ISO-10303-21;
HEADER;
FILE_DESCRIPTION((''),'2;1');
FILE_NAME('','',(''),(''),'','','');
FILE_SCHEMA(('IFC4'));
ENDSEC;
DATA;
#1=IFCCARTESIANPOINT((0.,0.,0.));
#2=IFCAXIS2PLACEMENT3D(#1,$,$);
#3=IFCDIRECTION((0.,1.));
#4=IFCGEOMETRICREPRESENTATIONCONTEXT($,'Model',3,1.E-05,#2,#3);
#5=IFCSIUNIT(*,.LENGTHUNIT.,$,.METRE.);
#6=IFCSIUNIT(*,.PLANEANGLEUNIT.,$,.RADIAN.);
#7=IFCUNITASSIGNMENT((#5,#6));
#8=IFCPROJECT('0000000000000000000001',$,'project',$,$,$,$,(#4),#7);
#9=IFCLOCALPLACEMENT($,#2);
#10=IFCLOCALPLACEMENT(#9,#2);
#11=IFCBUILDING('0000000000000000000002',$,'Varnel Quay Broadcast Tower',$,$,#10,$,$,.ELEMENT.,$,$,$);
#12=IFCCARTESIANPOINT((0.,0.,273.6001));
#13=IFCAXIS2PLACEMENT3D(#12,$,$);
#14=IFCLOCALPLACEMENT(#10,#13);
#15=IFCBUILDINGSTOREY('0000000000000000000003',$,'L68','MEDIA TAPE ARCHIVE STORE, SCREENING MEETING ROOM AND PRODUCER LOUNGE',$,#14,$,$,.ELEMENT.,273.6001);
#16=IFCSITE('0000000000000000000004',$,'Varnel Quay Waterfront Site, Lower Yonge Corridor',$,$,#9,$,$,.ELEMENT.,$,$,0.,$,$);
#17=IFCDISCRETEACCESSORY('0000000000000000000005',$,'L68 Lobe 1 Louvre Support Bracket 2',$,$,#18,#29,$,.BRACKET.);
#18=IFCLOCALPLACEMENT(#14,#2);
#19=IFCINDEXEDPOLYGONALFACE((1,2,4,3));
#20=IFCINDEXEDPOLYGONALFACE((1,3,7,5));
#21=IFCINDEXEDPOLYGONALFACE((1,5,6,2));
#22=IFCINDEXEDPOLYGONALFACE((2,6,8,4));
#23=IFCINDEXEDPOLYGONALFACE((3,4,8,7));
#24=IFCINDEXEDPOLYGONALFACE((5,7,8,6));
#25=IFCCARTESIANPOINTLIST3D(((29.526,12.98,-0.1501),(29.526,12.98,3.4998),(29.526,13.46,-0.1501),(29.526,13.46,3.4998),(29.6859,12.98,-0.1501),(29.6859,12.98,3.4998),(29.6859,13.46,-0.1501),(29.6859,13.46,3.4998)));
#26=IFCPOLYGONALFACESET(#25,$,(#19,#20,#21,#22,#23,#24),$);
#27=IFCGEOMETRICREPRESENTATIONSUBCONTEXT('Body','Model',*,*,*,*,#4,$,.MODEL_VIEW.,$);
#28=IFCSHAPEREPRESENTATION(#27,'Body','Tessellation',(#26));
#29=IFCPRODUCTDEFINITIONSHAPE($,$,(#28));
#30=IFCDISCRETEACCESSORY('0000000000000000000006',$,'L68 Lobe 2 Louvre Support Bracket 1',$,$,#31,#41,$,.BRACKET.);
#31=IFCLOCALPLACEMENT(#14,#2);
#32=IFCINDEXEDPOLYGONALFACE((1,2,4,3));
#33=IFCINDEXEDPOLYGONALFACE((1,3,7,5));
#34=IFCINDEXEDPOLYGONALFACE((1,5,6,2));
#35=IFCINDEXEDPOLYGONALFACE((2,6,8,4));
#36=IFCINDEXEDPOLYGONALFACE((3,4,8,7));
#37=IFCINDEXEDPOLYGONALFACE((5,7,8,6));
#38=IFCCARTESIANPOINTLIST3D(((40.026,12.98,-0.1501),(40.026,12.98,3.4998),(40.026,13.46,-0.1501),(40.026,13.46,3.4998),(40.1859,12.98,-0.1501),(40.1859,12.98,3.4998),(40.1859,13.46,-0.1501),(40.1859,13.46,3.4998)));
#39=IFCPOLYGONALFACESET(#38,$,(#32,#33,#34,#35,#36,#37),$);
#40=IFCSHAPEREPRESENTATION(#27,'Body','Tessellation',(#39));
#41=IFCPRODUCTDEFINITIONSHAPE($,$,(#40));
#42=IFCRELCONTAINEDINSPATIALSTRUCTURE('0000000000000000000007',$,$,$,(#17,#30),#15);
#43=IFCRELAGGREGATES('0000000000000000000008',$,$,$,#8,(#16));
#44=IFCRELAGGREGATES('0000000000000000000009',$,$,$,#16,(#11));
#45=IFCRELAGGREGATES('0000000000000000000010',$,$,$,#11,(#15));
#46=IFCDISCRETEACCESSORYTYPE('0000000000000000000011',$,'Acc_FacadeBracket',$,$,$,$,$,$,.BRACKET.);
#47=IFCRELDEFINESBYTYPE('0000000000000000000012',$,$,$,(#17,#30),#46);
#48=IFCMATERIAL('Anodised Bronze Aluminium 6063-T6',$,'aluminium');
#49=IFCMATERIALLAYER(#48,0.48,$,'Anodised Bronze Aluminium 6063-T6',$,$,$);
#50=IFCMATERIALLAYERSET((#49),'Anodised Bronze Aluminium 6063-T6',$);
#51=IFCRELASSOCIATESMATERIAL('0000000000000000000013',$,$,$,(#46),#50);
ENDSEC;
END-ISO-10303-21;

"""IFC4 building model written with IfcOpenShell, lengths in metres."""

from ifc_helpers import new_model, si_unit, direction, frame, origin, origin_2d, place, context, subcontext, project, spatial, rectangle, extrude, source, transform, mapped, material, layer, layer_set, type_object, type_shapes, element, save


model = new_model("IFC4")

# Units and contexts
model_context = context("Model", 3, precision=1e-05, world=origin(), true_north=direction((0.0, 1.0)))
body_context = subcontext(model_context, "Body", "Model", "MODEL_VIEW")
ifc_project = project(units=[si_unit("LENGTHUNIT", "METRE"), si_unit("PLANEANGLEUNIT", "RADIAN")], contexts=[model_context])

# Site, building, storey
site_placement = place(None, origin())
site = spatial("IfcSite", under=ifc_project, at=site_placement, Name="Varnel Quay Waterfront Site, Lower Yonge Corridor", CompositionType="ELEMENT", RefElevation=0.0)
building_placement = place(site_placement, origin())
building = spatial("IfcBuilding", under=site, at=building_placement, Name="Varnel Quay Broadcast Tower", CompositionType="ELEMENT")
storey_placement = place(building_placement, frame((0.0, 0.0, 273.6001)))
storey = spatial("IfcBuildingStorey", under=building, at=storey_placement, Name="L68", Description="MEDIA TAPE ARCHIVE STORE, SCREENING MEETING ROOM AND PRODUCER LOUNGE", CompositionType="ELEMENT", Elevation=273.6001)

# Shared definitions
ifc_material_1 = material(Name="Anodised Bronze Aluminium 6063-T6", Category="aluminium")

# Discrete accessories
ifc_layer_1 = layer(ifc_material_1, 0.48, Name="Anodised Bronze Aluminium 6063-T6")
ifc_layer_set_1 = layer_set([ifc_layer_1], Name="Anodised Bronze Aluminium 6063-T6")
discrete_accessory_type = type_object("IfcDiscreteAccessoryType", Name="Acc_FacadeBracket", PredefinedType="BRACKET", material=ifc_layer_set_1)
shared_shape_1 = source(origin(), body_context, "Body", "SweptSolid", [
    extrude(rectangle(XDim=0.1599, YDim=0.48, at=origin_2d()), origin(), (0.0, 0.0, 1.0), 3.6499),
])
type_shapes(discrete_accessory_type, [shared_shape_1])
for number, where, z_axis, x_axis, name in (
    (1, (29.606, 13.22, -0.1501), (0.0, 0.0, 1.0), (1.0, 0.0, 0.0), "L68 Lobe 1 Louvre Support Bracket 2"),
    (2, (40.106, 13.22, -0.1501), (0.0, 0.0, 1.0), (1.0, 0.0, 0.0), "L68 Lobe 2 Louvre Support Bracket 1"),
):
    element("IfcDiscreteAccessory", number, at=place(storey_placement, frame(where, z_axis=z_axis, x_axis=x_axis)), inside=storey, type_object=discrete_accessory_type, Name=name, PredefinedType="BRACKET", context=body_context, shape_type="MappedRepresentation", body=[
        mapped(shared_shape_1, transform((0.0, 0.0, 0.0), x_axis=(1.0, 0.0, 0.0), y_axis=(0.0, 1.0, 0.0), z_axis=(0.0, 0.0, 1.0), scale=1.0)),
    ])

save(model, "model.ifc")
